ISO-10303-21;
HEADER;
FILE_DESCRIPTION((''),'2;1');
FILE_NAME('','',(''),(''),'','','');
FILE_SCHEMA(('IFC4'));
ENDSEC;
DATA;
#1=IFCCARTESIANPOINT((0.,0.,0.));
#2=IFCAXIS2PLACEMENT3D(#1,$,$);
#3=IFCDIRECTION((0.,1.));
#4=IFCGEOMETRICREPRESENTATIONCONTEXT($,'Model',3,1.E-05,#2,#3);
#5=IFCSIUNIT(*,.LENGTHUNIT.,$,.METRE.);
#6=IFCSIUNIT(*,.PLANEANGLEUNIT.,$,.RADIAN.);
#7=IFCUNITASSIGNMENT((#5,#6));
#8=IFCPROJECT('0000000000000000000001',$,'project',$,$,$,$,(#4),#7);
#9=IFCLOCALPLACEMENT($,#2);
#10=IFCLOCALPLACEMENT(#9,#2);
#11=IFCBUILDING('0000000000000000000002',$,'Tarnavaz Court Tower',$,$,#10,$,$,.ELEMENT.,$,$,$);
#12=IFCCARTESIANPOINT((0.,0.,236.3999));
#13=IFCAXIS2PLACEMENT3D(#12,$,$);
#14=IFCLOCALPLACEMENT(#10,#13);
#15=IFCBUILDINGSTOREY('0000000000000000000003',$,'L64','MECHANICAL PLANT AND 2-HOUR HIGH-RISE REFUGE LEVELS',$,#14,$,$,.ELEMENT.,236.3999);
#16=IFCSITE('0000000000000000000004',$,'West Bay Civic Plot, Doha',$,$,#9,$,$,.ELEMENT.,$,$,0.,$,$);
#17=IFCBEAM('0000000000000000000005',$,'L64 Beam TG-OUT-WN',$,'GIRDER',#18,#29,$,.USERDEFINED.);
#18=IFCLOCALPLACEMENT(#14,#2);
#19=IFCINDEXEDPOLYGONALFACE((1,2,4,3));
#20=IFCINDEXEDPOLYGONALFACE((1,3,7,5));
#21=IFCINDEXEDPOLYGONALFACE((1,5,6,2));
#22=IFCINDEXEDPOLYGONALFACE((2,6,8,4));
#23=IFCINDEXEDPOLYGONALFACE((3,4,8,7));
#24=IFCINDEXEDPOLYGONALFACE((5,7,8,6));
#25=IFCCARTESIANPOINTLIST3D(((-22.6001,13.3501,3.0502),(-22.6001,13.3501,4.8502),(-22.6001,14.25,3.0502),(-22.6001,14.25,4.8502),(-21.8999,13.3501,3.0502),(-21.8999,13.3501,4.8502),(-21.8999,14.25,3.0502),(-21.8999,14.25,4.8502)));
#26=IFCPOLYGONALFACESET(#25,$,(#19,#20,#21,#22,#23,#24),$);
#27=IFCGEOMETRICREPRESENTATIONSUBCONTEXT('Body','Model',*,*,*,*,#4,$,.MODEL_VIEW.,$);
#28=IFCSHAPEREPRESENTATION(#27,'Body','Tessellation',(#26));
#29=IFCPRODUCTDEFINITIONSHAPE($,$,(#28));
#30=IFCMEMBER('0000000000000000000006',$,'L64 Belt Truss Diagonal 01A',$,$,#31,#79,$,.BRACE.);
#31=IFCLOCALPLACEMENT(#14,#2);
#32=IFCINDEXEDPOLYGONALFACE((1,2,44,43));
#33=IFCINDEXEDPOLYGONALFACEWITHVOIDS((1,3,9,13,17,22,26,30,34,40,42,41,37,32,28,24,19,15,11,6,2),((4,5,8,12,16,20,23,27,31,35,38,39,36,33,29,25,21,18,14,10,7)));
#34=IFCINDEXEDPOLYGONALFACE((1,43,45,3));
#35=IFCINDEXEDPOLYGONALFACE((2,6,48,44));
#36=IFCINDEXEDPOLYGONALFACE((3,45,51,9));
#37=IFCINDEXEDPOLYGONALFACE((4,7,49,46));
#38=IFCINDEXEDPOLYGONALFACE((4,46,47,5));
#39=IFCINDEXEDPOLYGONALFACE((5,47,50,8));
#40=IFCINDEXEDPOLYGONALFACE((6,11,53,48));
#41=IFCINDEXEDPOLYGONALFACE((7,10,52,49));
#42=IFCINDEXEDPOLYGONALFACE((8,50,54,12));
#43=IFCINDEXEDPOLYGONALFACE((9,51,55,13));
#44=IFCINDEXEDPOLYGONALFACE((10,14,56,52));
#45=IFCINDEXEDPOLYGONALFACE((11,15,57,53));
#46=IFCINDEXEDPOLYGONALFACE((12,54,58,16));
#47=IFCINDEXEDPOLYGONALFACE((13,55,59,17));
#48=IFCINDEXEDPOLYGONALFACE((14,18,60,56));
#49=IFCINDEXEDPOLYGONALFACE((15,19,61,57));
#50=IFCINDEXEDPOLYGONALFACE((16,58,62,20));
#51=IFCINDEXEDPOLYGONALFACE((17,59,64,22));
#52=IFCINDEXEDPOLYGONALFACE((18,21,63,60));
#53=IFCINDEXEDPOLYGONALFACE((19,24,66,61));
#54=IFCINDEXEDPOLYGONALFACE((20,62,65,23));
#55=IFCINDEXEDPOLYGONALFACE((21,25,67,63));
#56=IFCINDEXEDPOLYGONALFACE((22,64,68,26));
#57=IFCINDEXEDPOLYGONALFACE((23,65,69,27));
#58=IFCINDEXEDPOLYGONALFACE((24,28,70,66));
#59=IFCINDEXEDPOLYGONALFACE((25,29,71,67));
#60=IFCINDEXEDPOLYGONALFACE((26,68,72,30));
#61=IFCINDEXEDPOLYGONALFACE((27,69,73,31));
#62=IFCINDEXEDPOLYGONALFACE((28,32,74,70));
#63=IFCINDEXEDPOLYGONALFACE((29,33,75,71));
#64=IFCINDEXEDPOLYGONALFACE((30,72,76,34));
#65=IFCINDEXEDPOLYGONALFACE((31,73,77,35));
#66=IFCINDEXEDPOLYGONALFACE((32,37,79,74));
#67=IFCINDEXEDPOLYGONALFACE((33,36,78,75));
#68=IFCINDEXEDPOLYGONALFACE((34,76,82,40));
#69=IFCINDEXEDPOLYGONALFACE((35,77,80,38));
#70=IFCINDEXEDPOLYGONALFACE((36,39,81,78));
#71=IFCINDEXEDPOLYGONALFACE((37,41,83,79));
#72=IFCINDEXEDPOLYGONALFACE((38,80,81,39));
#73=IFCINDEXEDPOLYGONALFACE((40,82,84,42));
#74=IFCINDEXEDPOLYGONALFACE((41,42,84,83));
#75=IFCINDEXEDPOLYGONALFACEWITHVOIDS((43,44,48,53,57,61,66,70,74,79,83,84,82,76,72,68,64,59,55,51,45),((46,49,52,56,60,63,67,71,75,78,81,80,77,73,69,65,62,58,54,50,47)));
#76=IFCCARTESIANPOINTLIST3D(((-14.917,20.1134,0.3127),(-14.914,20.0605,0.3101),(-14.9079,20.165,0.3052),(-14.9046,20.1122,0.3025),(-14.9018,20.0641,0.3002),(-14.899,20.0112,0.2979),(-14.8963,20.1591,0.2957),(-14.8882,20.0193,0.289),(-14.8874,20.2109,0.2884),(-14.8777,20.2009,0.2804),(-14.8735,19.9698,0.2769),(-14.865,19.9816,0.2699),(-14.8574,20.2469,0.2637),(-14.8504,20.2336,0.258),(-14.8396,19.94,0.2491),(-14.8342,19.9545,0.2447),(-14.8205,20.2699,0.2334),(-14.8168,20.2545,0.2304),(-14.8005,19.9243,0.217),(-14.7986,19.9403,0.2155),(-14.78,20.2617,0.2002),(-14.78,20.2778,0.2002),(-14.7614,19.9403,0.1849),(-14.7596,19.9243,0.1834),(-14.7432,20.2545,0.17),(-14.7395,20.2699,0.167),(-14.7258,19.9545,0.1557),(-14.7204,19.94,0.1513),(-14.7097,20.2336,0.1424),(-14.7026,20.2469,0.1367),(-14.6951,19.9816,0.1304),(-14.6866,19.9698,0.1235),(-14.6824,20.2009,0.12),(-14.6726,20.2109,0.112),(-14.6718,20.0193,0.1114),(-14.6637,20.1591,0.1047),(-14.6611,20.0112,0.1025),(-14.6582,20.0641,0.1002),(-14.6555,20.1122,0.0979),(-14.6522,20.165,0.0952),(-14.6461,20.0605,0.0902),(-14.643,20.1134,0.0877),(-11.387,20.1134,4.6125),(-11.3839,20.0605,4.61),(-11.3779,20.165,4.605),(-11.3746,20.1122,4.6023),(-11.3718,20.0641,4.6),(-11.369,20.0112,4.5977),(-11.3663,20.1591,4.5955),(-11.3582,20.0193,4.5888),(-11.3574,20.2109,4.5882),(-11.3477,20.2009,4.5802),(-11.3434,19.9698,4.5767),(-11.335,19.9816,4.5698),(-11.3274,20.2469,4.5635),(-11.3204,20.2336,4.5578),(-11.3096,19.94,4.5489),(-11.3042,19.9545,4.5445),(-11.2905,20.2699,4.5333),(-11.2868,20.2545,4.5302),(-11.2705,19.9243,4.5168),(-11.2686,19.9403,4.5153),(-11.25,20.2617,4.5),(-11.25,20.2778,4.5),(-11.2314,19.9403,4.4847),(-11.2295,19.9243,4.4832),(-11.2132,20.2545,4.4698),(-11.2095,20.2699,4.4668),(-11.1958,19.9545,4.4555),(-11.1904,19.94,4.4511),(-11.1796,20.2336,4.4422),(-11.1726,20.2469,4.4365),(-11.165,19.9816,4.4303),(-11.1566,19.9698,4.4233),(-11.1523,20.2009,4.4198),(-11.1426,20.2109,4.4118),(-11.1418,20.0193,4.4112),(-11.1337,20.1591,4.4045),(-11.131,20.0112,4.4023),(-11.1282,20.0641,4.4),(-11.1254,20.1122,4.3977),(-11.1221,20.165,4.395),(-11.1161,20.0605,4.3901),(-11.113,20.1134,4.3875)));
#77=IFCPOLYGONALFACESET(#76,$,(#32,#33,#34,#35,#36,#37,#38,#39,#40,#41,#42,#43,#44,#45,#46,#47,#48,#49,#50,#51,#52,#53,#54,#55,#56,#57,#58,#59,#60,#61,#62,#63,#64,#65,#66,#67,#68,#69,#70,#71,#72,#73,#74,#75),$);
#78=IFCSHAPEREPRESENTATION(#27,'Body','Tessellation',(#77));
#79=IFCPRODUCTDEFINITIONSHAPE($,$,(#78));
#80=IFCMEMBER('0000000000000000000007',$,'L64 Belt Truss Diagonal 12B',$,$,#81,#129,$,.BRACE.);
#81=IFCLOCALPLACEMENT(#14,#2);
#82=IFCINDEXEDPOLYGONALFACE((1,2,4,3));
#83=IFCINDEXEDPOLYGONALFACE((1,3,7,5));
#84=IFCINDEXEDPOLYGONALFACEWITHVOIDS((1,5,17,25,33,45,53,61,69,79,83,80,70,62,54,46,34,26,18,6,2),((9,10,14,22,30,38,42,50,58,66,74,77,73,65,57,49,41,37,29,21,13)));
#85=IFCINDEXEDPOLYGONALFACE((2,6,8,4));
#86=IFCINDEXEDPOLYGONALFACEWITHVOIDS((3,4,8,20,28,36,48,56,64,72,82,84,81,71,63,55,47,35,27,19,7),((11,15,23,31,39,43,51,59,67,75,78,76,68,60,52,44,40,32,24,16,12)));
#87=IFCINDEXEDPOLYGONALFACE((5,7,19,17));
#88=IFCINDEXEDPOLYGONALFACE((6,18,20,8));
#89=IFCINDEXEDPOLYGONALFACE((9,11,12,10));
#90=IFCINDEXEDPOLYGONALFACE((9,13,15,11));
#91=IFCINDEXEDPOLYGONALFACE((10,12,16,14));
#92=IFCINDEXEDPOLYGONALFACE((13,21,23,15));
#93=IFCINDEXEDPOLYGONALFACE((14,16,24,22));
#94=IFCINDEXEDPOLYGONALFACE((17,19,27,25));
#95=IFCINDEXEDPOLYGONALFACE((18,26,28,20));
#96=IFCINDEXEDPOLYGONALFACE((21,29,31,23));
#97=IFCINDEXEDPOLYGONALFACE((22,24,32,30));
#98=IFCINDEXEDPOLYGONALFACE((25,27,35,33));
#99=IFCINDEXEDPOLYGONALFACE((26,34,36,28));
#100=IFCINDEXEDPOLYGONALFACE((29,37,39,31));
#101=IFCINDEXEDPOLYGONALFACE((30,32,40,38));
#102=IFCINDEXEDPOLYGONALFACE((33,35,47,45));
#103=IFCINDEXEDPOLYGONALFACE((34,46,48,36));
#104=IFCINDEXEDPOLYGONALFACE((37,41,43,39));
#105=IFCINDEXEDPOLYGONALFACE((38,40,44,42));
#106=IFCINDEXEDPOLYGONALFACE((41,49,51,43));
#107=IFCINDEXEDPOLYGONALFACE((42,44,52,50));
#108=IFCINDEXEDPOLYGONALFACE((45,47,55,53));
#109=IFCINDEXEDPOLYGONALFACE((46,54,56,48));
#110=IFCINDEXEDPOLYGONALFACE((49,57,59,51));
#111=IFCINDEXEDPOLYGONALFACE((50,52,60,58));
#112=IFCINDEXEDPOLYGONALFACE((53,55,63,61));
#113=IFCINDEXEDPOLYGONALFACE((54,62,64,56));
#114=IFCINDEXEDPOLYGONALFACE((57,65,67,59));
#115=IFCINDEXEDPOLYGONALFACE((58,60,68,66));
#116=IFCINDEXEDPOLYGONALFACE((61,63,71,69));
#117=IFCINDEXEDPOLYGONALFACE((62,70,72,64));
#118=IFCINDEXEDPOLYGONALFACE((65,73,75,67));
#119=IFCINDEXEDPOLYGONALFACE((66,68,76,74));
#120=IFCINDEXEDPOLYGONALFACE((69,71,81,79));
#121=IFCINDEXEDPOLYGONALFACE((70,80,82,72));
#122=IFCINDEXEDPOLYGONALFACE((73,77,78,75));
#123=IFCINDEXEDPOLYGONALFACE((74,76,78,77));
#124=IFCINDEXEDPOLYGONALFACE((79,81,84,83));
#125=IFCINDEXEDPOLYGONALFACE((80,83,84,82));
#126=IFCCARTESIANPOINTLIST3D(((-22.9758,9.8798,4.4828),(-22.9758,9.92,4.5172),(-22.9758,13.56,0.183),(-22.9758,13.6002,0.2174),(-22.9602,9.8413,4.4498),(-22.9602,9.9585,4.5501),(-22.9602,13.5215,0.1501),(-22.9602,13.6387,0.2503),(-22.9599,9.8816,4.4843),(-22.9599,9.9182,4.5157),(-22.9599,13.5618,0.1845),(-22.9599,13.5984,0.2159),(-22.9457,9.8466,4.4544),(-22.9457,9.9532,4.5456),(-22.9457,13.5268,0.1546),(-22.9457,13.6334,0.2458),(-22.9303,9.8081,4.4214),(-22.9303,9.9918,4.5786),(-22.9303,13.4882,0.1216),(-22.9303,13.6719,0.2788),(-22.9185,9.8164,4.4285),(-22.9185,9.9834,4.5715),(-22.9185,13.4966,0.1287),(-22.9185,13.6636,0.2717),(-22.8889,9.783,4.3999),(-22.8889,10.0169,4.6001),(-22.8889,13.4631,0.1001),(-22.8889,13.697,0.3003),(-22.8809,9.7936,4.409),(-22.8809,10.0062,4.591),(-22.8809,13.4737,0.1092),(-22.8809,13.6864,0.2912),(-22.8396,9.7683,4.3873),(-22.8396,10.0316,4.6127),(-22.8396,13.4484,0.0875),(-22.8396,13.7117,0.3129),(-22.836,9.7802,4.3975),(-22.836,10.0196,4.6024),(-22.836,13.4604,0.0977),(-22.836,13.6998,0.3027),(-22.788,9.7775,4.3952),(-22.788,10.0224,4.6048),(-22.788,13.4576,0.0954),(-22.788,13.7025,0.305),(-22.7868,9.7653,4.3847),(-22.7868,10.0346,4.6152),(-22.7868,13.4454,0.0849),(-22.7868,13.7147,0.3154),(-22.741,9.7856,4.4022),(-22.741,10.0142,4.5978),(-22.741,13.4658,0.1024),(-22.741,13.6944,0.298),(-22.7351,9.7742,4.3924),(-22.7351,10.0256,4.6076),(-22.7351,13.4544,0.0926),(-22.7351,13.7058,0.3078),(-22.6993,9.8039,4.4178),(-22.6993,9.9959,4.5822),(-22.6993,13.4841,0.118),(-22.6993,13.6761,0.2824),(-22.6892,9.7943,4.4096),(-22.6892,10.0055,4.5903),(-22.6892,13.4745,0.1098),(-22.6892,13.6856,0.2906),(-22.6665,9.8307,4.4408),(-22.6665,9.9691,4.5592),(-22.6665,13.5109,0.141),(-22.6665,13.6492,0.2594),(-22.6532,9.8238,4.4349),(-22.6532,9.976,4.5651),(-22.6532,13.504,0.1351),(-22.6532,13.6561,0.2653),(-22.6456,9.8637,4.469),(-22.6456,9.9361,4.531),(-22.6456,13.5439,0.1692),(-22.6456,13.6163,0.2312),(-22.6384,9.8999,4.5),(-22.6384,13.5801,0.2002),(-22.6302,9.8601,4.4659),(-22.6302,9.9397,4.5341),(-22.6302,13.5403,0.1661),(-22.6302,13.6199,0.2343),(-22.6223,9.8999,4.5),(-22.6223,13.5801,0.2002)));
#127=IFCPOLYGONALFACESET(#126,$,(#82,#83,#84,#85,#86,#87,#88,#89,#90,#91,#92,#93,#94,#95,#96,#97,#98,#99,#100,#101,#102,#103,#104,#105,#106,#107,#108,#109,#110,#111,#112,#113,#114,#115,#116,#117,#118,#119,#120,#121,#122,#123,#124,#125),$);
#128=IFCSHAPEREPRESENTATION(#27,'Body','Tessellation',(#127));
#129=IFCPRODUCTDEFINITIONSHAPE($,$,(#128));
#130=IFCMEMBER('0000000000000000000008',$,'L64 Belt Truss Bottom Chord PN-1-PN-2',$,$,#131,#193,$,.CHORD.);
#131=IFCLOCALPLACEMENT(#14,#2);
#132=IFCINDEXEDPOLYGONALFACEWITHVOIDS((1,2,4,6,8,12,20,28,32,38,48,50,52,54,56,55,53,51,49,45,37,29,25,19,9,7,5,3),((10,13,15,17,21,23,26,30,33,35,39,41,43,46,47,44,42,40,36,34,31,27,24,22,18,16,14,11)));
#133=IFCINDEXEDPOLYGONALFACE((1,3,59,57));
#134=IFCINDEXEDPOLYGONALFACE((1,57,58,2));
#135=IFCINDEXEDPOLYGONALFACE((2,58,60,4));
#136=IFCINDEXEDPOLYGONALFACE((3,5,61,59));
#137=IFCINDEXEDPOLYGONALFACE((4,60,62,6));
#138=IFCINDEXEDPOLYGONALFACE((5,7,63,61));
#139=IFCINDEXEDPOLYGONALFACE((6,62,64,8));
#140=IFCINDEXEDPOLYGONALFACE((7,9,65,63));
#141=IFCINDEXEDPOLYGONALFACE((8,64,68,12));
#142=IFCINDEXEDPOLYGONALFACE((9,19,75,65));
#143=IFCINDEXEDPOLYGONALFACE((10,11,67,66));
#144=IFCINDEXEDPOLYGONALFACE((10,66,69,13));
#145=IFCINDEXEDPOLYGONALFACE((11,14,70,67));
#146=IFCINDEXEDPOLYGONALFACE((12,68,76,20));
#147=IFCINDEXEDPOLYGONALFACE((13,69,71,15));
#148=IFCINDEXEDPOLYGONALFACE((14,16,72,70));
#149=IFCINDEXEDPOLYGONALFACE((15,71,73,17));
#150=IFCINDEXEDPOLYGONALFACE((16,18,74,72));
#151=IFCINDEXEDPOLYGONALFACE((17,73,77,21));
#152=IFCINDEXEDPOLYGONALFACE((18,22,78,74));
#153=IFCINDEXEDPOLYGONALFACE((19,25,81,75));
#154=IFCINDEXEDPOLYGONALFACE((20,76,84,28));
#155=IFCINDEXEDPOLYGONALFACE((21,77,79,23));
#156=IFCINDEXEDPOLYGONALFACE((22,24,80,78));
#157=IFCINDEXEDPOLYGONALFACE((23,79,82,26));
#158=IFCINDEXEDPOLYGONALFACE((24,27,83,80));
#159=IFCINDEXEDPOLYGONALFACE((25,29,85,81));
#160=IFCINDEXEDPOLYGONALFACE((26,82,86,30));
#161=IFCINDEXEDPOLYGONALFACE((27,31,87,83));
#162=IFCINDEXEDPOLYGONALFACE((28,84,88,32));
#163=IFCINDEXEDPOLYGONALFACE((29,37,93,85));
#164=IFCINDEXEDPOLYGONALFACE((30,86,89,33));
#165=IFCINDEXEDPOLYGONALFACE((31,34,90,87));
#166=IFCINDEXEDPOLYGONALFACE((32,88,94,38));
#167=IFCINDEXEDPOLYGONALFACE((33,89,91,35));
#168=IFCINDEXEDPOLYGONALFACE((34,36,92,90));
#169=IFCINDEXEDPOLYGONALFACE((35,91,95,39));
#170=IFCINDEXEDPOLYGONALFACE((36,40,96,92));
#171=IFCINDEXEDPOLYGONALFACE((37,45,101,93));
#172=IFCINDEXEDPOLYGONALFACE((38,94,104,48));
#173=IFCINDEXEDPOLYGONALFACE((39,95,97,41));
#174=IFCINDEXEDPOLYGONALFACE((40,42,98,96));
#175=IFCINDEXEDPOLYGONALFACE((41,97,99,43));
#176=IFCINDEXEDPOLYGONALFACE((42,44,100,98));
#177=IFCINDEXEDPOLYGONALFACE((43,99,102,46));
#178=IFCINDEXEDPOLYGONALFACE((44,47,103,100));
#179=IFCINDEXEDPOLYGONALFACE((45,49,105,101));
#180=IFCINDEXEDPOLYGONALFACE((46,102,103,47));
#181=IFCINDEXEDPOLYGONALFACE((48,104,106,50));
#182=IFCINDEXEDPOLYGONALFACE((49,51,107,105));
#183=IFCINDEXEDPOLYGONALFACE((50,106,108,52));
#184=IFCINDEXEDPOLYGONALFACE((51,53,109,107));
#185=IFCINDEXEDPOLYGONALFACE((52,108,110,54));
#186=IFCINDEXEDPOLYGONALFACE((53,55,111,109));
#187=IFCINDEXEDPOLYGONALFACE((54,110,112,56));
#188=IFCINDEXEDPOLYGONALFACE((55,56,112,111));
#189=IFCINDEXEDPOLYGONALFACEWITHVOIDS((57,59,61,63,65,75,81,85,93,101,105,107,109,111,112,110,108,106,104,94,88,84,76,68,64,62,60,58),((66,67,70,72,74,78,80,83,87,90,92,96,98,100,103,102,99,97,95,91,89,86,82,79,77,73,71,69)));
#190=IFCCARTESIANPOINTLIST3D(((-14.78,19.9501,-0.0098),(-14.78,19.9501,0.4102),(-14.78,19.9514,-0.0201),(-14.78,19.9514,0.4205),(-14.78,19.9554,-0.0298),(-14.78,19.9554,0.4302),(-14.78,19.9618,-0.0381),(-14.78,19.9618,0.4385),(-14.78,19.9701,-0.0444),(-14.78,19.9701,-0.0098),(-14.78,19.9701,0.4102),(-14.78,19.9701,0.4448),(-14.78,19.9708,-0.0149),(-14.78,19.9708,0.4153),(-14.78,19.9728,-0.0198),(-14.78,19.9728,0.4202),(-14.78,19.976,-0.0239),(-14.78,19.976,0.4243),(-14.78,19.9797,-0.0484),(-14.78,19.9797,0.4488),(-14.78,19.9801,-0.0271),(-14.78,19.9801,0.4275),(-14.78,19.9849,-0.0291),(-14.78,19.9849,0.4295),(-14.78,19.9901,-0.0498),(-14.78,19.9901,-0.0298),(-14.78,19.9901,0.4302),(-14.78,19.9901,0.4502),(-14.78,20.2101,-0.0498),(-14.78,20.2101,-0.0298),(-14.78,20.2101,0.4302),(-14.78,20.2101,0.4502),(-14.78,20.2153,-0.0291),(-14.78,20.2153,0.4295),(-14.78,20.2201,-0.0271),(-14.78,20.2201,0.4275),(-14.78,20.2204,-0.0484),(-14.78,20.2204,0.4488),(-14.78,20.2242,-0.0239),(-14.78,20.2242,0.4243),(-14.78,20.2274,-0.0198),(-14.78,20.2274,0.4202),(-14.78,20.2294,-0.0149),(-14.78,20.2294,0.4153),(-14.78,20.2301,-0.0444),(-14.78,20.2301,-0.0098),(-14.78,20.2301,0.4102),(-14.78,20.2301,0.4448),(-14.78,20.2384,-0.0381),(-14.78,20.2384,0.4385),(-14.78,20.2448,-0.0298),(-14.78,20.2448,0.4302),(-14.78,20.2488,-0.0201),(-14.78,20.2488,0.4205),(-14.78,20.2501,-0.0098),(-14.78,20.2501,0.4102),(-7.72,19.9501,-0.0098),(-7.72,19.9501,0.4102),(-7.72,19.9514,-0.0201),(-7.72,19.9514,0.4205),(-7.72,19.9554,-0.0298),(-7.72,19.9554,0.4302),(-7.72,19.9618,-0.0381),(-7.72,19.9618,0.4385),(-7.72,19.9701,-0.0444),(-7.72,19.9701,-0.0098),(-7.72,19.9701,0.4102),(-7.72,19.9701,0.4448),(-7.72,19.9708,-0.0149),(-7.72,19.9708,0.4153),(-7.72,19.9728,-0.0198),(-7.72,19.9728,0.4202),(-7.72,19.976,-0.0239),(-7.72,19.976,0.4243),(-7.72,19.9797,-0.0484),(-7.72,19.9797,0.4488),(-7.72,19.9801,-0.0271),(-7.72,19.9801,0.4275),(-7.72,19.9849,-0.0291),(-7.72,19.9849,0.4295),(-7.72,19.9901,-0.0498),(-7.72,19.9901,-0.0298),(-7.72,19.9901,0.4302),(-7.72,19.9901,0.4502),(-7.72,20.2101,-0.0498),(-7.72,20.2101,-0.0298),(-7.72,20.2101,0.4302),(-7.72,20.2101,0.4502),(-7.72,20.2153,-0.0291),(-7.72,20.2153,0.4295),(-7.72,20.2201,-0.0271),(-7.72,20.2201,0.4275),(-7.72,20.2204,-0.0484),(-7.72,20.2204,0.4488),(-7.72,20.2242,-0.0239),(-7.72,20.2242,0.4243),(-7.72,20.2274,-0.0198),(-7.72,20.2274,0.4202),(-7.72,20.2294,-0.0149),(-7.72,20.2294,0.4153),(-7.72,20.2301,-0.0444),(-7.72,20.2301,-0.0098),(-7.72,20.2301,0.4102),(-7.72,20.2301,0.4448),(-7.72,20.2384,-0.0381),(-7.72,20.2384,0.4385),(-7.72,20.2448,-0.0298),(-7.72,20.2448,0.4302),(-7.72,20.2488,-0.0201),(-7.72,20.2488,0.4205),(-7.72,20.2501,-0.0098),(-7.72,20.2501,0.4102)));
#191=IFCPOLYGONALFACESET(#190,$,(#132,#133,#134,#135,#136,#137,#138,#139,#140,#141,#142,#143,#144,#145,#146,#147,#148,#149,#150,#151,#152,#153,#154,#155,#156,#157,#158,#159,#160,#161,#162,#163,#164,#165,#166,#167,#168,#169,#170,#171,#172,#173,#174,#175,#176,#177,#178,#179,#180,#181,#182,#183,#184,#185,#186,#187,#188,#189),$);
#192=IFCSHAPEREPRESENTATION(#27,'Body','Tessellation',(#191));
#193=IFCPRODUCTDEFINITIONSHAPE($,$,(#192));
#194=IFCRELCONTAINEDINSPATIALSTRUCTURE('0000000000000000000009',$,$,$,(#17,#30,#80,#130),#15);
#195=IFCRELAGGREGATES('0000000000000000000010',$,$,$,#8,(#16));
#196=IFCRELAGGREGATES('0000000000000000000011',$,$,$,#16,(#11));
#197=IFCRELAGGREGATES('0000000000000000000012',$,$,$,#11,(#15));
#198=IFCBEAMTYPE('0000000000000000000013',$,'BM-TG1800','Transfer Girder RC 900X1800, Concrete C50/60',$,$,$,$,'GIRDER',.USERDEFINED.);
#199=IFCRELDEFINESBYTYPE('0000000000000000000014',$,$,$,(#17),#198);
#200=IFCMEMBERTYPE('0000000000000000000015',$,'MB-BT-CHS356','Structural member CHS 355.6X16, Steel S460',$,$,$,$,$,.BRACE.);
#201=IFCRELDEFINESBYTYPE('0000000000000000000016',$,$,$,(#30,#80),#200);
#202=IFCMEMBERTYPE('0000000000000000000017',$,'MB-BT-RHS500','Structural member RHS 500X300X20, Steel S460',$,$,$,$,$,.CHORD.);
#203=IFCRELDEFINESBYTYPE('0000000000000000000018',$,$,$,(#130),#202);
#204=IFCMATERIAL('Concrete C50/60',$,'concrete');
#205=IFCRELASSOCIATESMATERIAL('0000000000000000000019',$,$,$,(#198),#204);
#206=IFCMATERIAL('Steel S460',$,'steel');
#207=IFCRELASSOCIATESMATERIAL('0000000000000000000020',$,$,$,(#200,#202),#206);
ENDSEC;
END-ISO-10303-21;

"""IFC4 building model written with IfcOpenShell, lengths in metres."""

from ifc_helpers import new_model, si_unit, direction, frame, origin, origin_2d, place, context, subcontext, project, spatial, rectangle, hollow_rectangle, hollow_circle, extrude, material, material_profile, profile_set, type_object, element, save


model = new_model("IFC4")

# Units and contexts
model_context = context("Model", 3, precision=1e-05, world=origin(), true_north=direction((0.0, 1.0)))
body_context = subcontext(model_context, "Body", "Model", "MODEL_VIEW")
ifc_project = project(units=[si_unit("LENGTHUNIT", "METRE"), si_unit("PLANEANGLEUNIT", "RADIAN")], contexts=[model_context])

# Site, building, storey
site_placement = place(None, origin())
site = spatial("IfcSite", under=ifc_project, at=site_placement, Name="West Bay Civic Plot, Doha", CompositionType="ELEMENT", RefElevation=0.0)
building_placement = place(site_placement, origin())
building = spatial("IfcBuilding", under=site, at=building_placement, Name="Tarnavaz Court Tower", CompositionType="ELEMENT")
storey_placement = place(building_placement, frame((0.0, 0.0, 236.3999)))
storey = spatial("IfcBuildingStorey", under=building, at=storey_placement, Name="L64", Description="MECHANICAL PLANT AND 2-HOUR HIGH-RISE REFUGE LEVELS", CompositionType="ELEMENT", Elevation=236.3999)

# Shared definitions
ifc_material_1 = material(Name="Concrete C50/60", Category="concrete")
ifc_material_2 = material(Name="Steel S460", Category="steel")

# Beam
ifc_material_profile_1 = material_profile(ifc_material_1, rectangle(XDim=0.8999, YDim=1.8, at=origin_2d()), Name="RC 900X1800")
ifc_profile_set_1 = profile_set([ifc_material_profile_1], Name="Concrete C50/60")
beam_type_1 = type_object("IfcBeamType", Name="BM-TG1800", Description="Transfer Girder RC 900X1800, Concrete C50/60", ElementType="GIRDER", PredefinedType="USERDEFINED", material=ifc_profile_set_1)
beam_1_placement = place(storey_placement, frame((-21.8999, 13.8, 3.9502), z_axis=(-1.0, 0.0, 0.0), x_axis=(0.0, -1.0, 0.0)))
element("IfcBeam", 1, at=beam_1_placement, inside=storey, type_object=beam_type_1, Name="L64 Beam TG-OUT-WN", ObjectType="GIRDER", PredefinedType="USERDEFINED", context=body_context, shape_type="SweptSolid", body=[
    extrude(rectangle(XDim=0.8999, YDim=1.8, at=origin_2d()), origin(), (0.0, 0.0, 1.0), 0.7002),
])

# Members
ifc_material_profile_2 = material_profile(ifc_material_2, hollow_circle(Radius=0.1777, WallThickness=0.0161, at=origin_2d()), Name="CHS 355.6X16")
ifc_profile_set_2 = profile_set([ifc_material_profile_2], Name="Steel S460")
member_type_1 = type_object("IfcMemberType", Name="MB-BT-CHS356", Description="Structural member CHS 355.6X16, Steel S460", PredefinedType="BRACE", material=ifc_profile_set_2)
member_1_placement = place(storey_placement, frame((-14.78, 20.1001, 0.2002), z_axis=(0.63453, 0.0, 0.772898), x_axis=(0.0, 1.0, 0.0)))
element("IfcMember", 2, at=member_1_placement, inside=storey, type_object=member_type_1, Name="L64 Belt Truss Diagonal 01A", PredefinedType="BRACE", context=body_context, shape_type="SweptSolid", body=[
    extrude(hollow_circle(Radius=0.1777, WallThickness=0.0161, at=origin_2d()), origin(), (0.0, 0.0, 1.0), 5.5632),
])
member_2_placement = place(storey_placement, frame((-22.8, 13.5801, 0.2002), z_axis=(0.0, -0.650244, 0.759725), x_axis=(1.0, 0.0, 0.0)))
element("IfcMember", 3, at=member_2_placement, inside=storey, type_object=member_type_1, Name="L64 Belt Truss Diagonal 12B", PredefinedType="BRACE", context=body_context, shape_type="SweptSolid", body=[
    extrude(hollow_circle(Radius=0.1777, WallThickness=0.0161, at=origin_2d()), origin(), (0.0, 0.0, 1.0), 5.6597),
])
ifc_material_profile_3 = material_profile(ifc_material_2, hollow_rectangle(XDim=0.3, YDim=0.5, WallThickness=0.02, InnerFilletRadius=0.02, OuterFilletRadius=0.04, at=origin_2d()), Name="RHS 500X300X20")
ifc_profile_set_3 = profile_set([ifc_material_profile_3], Name="Steel S460")
member_type_2 = type_object("IfcMemberType", Name="MB-BT-RHS500", Description="Structural member RHS 500X300X20, Steel S460", PredefinedType="CHORD", material=ifc_profile_set_3)
member_3_placement = place(storey_placement, frame((-14.78, 20.1001, 0.2002), z_axis=(1.0, 0.0, 0.0), x_axis=(0.0, 1.0, 0.0)))
element("IfcMember", 4, at=member_3_placement, inside=storey, type_object=member_type_2, Name="L64 Belt Truss Bottom Chord PN-1-PN-2", PredefinedType="CHORD", context=body_context, shape_type="SweptSolid", body=[
    extrude(hollow_rectangle(XDim=0.3, YDim=0.5, WallThickness=0.02, InnerFilletRadius=0.02, OuterFilletRadius=0.04, at=origin_2d()), origin(), (0.0, 0.0, 1.0), 7.0601),
])

save(model, "model.ifc")
